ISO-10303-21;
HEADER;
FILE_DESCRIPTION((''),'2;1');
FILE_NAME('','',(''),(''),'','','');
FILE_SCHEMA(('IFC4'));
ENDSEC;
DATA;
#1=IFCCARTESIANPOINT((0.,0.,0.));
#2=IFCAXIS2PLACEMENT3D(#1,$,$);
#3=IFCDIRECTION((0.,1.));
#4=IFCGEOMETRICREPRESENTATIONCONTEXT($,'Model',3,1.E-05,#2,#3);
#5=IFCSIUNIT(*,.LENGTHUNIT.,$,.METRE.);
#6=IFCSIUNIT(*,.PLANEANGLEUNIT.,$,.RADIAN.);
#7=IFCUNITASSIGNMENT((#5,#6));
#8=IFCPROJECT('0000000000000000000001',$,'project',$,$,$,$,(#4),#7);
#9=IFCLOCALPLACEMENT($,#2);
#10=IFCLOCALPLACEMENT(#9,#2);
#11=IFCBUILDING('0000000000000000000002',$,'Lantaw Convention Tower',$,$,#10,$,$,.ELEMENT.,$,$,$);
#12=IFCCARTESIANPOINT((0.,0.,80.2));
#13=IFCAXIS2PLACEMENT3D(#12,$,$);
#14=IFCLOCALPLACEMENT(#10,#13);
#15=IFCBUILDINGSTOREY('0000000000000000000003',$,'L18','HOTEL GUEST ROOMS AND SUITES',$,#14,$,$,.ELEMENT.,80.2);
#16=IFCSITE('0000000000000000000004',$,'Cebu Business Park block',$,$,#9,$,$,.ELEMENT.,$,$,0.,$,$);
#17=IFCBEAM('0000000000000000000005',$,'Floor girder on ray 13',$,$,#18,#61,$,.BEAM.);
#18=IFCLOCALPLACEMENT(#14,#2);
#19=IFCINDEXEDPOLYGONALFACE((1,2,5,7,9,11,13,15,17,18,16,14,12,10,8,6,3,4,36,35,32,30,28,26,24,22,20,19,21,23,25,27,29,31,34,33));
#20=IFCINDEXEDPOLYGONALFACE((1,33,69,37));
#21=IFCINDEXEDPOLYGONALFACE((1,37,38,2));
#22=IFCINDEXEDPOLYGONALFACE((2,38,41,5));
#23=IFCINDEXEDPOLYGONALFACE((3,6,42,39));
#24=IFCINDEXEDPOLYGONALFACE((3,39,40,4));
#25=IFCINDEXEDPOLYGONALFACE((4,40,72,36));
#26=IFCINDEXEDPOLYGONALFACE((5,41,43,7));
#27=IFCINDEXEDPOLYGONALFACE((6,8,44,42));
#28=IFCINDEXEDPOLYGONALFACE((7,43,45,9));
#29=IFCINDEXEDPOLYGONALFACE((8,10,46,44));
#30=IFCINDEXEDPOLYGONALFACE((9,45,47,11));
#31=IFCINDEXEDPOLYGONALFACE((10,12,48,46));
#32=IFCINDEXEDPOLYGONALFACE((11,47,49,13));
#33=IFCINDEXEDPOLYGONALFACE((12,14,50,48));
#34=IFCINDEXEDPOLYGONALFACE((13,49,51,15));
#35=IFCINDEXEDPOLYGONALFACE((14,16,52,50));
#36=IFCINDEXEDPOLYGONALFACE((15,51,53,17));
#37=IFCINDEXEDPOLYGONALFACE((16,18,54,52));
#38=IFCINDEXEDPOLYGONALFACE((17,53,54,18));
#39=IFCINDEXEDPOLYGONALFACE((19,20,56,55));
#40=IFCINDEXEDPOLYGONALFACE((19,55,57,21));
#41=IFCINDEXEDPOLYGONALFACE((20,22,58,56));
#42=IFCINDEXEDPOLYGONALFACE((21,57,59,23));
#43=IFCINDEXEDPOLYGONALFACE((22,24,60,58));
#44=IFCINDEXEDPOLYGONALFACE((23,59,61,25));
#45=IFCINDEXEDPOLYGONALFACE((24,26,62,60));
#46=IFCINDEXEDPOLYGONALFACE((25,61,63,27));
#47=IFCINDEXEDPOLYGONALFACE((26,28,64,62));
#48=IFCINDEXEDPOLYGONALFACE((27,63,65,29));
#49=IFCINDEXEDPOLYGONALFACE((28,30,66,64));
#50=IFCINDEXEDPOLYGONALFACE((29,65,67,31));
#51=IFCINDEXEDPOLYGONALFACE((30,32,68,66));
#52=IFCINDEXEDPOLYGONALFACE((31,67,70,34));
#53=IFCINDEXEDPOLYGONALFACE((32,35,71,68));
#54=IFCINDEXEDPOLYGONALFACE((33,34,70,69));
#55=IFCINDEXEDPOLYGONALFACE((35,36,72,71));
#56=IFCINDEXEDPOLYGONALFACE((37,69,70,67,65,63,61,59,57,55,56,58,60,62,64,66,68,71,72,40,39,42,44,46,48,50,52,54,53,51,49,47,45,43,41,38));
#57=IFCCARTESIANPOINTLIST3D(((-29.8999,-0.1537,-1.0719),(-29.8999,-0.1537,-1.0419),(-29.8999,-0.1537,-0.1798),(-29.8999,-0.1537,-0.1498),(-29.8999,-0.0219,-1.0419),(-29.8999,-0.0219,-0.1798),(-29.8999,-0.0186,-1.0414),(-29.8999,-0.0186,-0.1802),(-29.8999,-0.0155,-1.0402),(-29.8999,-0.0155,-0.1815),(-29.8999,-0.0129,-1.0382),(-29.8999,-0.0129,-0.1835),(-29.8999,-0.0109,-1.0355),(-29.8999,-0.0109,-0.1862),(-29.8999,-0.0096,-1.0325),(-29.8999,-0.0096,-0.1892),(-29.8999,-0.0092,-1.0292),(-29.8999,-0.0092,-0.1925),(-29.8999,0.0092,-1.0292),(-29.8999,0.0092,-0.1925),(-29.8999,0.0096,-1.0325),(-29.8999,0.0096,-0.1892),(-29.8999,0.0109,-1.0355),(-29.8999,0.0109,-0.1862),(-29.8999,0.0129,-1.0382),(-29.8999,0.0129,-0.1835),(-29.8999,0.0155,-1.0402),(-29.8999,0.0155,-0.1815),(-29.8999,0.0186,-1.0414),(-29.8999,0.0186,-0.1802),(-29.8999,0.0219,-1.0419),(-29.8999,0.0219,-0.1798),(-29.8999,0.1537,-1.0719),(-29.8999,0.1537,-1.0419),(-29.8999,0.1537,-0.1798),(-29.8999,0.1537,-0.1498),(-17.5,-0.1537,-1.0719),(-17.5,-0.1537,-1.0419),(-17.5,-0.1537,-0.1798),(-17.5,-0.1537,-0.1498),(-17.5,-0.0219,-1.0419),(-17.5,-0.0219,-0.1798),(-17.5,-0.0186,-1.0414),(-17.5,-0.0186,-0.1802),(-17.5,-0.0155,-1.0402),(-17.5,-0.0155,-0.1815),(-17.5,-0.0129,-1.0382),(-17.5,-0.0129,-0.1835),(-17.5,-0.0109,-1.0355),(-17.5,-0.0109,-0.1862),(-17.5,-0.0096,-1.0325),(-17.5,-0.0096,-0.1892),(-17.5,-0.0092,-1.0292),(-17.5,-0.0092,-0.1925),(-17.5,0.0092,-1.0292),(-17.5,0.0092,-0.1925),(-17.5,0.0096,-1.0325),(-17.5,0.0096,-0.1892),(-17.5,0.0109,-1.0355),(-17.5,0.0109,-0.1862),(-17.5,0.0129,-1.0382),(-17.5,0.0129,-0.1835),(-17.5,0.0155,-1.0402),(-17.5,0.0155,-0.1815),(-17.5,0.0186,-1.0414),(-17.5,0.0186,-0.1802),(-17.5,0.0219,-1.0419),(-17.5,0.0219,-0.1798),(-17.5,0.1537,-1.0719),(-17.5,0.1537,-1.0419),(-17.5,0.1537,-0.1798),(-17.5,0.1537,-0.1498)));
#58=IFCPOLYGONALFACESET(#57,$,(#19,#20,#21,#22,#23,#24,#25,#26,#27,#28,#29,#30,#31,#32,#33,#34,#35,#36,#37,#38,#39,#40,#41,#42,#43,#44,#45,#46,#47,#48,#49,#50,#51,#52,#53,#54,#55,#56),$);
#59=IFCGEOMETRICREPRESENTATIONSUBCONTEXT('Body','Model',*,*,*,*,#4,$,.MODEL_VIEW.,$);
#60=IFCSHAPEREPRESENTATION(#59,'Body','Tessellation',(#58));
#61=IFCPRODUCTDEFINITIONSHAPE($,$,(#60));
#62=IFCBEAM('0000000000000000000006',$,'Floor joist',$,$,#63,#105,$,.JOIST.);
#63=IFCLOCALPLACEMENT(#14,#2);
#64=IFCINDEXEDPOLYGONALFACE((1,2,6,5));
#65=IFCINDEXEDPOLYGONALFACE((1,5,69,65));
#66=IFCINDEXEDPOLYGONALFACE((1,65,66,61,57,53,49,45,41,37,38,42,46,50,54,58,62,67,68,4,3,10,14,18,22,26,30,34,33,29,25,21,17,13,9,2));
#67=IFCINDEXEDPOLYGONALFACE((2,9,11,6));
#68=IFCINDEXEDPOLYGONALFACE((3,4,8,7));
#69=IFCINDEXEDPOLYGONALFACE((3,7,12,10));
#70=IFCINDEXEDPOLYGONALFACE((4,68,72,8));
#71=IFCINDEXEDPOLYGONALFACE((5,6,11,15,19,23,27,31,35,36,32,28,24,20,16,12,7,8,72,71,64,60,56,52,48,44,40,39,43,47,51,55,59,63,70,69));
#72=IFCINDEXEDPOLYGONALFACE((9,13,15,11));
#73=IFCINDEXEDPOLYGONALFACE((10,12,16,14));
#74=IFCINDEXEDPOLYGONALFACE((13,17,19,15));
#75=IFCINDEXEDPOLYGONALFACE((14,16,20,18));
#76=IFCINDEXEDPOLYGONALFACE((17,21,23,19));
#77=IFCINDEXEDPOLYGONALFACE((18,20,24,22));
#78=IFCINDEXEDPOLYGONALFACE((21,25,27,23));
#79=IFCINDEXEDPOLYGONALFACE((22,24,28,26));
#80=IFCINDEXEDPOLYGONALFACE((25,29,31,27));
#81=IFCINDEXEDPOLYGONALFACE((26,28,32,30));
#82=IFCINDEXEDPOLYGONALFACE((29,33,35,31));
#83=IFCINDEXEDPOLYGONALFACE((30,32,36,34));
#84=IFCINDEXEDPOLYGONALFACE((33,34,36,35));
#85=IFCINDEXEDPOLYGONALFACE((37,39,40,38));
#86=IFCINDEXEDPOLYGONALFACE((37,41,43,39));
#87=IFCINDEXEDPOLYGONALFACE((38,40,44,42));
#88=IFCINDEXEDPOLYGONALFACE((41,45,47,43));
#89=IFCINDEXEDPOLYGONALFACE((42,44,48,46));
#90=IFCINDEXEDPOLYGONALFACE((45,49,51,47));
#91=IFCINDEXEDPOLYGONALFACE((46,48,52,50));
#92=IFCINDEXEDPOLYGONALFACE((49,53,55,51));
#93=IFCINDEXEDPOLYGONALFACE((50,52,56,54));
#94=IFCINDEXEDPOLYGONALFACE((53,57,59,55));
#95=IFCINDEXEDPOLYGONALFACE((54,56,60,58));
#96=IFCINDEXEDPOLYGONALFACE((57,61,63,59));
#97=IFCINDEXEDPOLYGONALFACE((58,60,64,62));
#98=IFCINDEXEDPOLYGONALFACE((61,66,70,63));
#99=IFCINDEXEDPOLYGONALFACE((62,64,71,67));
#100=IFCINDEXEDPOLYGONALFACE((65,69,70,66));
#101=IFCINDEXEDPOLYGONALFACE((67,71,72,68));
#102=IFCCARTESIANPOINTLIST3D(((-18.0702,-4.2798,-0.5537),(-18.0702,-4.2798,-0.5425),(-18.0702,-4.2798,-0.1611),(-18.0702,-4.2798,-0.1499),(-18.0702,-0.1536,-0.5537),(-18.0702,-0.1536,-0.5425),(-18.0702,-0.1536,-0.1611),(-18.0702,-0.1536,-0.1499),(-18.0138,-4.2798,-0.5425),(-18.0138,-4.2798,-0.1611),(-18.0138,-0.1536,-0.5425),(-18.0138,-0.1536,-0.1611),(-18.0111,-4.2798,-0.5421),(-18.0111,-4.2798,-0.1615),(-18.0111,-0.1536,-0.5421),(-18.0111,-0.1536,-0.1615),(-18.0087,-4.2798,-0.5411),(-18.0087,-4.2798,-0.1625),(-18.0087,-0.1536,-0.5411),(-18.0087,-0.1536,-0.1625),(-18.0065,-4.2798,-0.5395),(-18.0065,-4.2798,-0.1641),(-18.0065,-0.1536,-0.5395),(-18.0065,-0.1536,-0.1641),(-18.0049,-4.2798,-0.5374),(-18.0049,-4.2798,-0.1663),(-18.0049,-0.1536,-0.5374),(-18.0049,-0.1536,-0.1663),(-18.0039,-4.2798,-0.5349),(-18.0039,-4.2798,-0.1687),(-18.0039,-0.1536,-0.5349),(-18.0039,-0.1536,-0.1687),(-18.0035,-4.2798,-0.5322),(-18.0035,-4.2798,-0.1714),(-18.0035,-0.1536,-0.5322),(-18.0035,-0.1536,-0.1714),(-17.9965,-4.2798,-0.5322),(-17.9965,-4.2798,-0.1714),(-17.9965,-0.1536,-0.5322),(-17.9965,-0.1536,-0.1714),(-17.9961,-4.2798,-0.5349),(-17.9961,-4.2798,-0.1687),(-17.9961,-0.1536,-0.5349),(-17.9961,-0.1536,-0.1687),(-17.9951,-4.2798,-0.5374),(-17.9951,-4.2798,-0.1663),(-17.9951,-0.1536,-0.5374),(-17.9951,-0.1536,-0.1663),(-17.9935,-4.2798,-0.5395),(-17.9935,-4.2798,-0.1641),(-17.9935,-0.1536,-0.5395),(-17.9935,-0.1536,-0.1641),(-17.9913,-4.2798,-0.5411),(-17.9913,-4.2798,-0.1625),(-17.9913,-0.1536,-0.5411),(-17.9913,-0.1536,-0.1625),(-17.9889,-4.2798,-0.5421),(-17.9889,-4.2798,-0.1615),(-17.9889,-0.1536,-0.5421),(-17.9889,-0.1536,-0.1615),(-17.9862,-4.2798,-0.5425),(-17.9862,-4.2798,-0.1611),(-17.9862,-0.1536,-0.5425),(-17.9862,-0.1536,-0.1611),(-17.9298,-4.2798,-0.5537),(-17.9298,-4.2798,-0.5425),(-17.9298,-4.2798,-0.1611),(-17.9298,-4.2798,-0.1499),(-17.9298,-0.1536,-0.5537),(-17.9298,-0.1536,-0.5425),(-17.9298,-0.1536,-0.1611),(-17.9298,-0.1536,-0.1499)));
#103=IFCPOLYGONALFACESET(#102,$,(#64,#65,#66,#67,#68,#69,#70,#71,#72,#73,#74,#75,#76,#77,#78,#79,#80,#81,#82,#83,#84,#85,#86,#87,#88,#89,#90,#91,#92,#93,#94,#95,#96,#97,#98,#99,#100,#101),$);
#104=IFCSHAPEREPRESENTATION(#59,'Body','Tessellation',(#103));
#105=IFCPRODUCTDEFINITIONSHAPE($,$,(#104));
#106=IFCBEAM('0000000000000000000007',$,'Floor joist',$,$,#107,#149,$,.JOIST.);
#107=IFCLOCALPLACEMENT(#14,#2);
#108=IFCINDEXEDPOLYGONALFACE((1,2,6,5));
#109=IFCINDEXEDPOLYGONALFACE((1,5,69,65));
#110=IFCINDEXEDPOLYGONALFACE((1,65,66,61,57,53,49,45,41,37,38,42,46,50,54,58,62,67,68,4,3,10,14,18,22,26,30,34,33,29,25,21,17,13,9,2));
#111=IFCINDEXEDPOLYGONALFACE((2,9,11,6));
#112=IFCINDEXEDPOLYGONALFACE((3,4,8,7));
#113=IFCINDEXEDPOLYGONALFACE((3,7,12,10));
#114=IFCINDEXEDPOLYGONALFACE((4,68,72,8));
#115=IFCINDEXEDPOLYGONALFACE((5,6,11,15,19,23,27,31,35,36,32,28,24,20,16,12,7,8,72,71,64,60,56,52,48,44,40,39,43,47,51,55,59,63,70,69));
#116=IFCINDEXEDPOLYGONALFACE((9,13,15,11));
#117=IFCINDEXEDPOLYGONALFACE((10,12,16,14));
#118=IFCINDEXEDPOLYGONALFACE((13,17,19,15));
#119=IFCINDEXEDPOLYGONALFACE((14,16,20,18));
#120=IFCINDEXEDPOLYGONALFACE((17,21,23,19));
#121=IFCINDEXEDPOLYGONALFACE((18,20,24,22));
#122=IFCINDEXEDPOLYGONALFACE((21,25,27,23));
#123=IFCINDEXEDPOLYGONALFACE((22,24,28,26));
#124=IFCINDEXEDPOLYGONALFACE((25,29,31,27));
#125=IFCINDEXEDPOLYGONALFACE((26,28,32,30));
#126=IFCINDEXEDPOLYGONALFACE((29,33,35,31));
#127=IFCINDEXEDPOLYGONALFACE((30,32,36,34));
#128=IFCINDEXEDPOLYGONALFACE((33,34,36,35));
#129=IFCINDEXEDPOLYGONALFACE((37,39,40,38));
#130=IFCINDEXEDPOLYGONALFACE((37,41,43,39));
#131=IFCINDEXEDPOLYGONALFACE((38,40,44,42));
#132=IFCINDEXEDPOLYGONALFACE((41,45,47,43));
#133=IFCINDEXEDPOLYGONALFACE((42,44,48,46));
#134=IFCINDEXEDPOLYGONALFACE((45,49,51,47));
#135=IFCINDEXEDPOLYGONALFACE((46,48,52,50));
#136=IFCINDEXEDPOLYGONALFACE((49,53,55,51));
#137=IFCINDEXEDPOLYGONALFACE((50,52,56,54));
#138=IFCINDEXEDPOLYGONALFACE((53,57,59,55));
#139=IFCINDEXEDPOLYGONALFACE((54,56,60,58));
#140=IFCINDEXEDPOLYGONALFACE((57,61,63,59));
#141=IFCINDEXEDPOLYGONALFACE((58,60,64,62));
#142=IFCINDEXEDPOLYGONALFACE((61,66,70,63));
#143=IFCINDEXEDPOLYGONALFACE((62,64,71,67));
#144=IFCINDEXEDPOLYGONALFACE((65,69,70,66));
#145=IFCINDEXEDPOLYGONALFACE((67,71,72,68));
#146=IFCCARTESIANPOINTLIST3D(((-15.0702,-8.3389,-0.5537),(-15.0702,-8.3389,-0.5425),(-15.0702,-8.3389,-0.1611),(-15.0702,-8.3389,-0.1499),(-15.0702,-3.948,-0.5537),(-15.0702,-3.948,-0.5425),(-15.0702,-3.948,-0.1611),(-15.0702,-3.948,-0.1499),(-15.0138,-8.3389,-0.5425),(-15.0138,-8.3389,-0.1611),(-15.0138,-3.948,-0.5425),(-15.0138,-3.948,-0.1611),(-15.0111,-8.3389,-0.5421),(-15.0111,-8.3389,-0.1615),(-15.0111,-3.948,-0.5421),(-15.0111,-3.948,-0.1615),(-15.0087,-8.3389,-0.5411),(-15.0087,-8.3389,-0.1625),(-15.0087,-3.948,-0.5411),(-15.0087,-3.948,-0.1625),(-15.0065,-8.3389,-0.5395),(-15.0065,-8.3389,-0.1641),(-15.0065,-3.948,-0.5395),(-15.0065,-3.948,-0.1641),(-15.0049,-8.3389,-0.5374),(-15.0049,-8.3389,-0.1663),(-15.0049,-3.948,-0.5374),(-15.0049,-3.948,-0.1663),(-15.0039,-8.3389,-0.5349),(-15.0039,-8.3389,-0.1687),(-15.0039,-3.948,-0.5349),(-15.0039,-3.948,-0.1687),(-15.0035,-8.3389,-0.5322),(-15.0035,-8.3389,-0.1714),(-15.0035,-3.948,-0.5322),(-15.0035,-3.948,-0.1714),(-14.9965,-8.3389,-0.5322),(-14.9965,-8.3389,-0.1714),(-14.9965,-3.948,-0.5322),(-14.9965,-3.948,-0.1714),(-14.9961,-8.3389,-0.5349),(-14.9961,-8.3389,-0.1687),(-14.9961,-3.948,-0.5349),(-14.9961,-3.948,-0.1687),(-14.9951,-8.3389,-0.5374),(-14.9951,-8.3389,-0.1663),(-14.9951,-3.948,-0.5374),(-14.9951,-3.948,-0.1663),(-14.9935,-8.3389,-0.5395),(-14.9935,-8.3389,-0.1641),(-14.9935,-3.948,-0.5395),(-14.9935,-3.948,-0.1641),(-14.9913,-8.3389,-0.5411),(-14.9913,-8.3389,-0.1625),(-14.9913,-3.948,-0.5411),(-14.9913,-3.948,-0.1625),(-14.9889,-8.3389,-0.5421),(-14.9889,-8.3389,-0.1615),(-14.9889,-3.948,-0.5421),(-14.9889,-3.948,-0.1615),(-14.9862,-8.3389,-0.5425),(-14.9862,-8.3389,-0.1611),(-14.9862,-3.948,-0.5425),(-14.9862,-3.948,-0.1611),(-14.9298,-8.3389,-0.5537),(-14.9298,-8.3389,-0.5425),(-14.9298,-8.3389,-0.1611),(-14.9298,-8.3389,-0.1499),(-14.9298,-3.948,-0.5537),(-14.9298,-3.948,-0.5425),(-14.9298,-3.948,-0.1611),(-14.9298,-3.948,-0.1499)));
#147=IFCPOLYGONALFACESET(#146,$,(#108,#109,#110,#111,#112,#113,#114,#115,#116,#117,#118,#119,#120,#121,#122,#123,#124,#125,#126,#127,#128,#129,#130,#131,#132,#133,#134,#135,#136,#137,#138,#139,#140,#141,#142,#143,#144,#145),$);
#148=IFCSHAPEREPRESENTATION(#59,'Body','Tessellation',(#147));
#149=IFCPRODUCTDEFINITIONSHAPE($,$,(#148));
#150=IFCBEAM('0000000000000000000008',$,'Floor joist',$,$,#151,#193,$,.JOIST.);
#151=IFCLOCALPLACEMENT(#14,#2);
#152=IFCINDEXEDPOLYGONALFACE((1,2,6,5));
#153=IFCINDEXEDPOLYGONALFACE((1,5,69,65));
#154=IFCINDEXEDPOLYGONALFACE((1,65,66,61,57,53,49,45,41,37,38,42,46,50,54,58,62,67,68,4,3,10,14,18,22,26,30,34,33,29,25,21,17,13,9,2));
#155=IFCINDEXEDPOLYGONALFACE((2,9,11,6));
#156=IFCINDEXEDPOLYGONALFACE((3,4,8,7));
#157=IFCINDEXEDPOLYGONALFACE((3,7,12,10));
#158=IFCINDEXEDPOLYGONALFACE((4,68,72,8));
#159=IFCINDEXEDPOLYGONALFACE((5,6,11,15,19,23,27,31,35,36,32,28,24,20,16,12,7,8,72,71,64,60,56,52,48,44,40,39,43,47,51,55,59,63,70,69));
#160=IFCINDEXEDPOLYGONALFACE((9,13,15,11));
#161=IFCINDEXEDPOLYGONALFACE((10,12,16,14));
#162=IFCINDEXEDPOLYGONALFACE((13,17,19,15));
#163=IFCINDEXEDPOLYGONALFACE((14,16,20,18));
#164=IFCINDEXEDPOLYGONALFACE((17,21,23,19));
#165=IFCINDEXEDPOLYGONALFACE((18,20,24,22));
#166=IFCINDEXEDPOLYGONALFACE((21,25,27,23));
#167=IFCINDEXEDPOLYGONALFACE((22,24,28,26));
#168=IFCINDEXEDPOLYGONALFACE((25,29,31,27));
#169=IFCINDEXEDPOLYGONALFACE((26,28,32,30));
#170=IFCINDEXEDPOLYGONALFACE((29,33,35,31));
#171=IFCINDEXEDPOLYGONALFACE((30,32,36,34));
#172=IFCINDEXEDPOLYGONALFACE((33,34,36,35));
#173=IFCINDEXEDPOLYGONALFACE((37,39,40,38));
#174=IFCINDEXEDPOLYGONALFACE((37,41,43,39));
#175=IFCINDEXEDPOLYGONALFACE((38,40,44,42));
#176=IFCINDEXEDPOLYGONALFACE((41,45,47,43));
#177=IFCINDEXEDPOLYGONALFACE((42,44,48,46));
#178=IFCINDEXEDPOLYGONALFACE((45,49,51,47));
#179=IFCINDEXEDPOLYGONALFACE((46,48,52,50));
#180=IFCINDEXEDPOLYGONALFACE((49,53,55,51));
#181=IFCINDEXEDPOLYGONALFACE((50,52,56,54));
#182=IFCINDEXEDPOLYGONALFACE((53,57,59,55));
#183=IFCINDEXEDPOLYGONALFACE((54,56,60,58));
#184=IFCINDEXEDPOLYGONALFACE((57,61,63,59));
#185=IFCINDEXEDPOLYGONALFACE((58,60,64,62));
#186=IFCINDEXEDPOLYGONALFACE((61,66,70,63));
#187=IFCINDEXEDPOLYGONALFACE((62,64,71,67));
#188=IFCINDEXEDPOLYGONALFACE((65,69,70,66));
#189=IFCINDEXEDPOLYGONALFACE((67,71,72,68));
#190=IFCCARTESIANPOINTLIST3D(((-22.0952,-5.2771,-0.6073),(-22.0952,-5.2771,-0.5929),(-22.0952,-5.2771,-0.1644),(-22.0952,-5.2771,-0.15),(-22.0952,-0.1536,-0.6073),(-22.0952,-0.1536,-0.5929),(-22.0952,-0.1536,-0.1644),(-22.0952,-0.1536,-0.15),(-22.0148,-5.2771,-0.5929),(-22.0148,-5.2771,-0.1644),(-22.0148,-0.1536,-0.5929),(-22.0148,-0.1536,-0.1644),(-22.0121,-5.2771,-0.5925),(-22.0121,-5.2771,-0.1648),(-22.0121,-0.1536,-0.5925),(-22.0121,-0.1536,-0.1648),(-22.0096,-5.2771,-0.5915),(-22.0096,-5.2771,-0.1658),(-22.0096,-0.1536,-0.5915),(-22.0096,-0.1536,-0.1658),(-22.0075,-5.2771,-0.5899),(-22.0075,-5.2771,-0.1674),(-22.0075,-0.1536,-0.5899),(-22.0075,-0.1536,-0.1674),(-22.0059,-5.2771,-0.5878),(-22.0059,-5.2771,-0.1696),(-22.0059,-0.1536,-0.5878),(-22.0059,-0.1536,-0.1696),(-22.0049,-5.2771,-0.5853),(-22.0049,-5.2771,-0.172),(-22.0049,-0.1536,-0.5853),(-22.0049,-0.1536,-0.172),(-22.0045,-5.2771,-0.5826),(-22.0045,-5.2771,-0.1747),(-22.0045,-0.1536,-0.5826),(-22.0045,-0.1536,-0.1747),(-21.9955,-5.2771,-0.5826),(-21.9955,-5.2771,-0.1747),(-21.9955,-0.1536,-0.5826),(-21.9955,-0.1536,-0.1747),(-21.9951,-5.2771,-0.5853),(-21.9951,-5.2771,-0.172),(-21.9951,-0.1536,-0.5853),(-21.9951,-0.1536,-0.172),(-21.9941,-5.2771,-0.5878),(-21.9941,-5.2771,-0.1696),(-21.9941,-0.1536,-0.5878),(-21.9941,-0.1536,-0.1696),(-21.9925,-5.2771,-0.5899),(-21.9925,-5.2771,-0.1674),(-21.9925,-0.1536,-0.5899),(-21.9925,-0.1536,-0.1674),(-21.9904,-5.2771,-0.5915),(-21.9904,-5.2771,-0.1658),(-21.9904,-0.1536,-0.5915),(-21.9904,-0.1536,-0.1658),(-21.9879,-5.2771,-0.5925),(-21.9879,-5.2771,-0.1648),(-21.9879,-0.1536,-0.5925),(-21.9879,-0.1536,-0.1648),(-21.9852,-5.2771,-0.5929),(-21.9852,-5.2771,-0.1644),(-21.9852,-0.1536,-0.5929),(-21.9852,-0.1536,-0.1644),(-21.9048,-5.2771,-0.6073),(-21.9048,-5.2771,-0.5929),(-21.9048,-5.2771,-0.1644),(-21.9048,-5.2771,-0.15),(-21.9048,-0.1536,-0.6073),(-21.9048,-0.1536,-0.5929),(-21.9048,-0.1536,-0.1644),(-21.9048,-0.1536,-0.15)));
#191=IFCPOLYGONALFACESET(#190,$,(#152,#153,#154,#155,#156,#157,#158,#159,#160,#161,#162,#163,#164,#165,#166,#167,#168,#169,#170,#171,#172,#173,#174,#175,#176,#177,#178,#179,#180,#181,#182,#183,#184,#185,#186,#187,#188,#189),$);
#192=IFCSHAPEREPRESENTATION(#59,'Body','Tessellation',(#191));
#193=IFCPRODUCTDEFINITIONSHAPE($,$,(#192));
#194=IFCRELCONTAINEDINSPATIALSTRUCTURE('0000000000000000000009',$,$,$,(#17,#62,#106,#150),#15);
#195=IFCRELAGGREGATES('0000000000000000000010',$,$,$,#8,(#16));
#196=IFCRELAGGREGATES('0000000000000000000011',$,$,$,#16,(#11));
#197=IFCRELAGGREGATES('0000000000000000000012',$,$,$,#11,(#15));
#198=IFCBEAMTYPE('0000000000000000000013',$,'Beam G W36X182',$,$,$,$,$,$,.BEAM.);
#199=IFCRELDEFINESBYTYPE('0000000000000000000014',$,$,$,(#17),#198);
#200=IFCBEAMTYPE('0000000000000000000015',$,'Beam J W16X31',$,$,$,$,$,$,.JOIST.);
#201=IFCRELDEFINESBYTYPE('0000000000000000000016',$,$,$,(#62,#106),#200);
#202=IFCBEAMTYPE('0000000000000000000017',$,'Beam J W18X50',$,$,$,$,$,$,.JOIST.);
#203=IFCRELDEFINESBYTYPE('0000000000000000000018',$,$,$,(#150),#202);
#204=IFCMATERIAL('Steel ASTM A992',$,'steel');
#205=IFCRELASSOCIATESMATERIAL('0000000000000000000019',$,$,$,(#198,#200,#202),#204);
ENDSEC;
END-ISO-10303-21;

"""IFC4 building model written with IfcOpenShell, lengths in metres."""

from ifc_helpers import new_model, si_unit, direction, frame, origin, origin_2d, place, context, subcontext, project, spatial, i_section, extrude, material, material_profile, profile_set, type_object, element, save


model = new_model("IFC4")

# Units and contexts
model_context = context("Model", 3, precision=1e-05, world=origin(), true_north=direction((0.0, 1.0)))
body_context = subcontext(model_context, "Body", "Model", "MODEL_VIEW")
ifc_project = project(units=[si_unit("LENGTHUNIT", "METRE"), si_unit("PLANEANGLEUNIT", "RADIAN")], contexts=[model_context])

# Site, building, storey
site_placement = place(None, origin())
site = spatial("IfcSite", under=ifc_project, at=site_placement, Name="Cebu Business Park block", CompositionType="ELEMENT", RefElevation=0.0)
building_placement = place(site_placement, origin())
building = spatial("IfcBuilding", under=site, at=building_placement, Name="Lantaw Convention Tower", CompositionType="ELEMENT")
storey_placement = place(building_placement, frame((0.0, 0.0, 80.2)))
storey = spatial("IfcBuildingStorey", under=building, at=storey_placement, Name="L18", Description="HOTEL GUEST ROOMS AND SUITES", CompositionType="ELEMENT", Elevation=80.2)

# Beams
ifc_material_1 = material(Name="Steel ASTM A992", Category="steel")
ifc_material_profile_1 = material_profile(ifc_material_1, i_section(OverallWidth=0.3074, OverallDepth=0.9221, WebThickness=0.0183, FlangeThickness=0.03, FilletRadius=0.0127, at=origin_2d()), Name="W36X182")
ifc_profile_set_1 = profile_set([ifc_material_profile_1], Name="Steel ASTM A992")
beam_type_1 = type_object("IfcBeamType", Name="Beam G W36X182", PredefinedType="BEAM", material=ifc_profile_set_1)
beam_1_placement = place(storey_placement, frame((-17.5, 0.0, -0.6108), z_axis=(-1.0, 0.0, 0.0), x_axis=(0.0, -1.0, 0.0)))
element("IfcBeam", 1, at=beam_1_placement, inside=storey, type_object=beam_type_1, Name="Floor girder on ray 13", PredefinedType="BEAM", context=body_context, shape_type="SweptSolid", body=[
    extrude(i_section(OverallWidth=0.3074, OverallDepth=0.9221, WebThickness=0.0183, FlangeThickness=0.03, FilletRadius=0.0127, at=origin_2d()), origin(), (0.0, 0.0, 1.0), 12.3999),
])
ifc_material_profile_2 = material_profile(ifc_material_1, i_section(OverallWidth=0.1404, OverallDepth=0.4038, WebThickness=0.0071, FlangeThickness=0.0112, FilletRadius=0.0103, at=origin_2d()), Name="W16X31")
ifc_profile_set_2 = profile_set([ifc_material_profile_2], Name="Steel ASTM A992")
beam_type_2 = type_object("IfcBeamType", Name="Beam J W16X31", PredefinedType="JOIST", material=ifc_profile_set_2)
beam_2_placement = place(storey_placement, frame((-18.0, -4.2798, -0.3518), z_axis=(0.0, 1.0, 0.0), x_axis=(-1.0, 0.0, 0.0)))
element("IfcBeam", 2, at=beam_2_placement, inside=storey, type_object=beam_type_2, Name="Floor joist", PredefinedType="JOIST", context=body_context, shape_type="SweptSolid", body=[
    extrude(i_section(OverallWidth=0.1404, OverallDepth=0.4038, WebThickness=0.0071, FlangeThickness=0.0112, FilletRadius=0.0103, at=origin_2d()), origin(), (0.0, 0.0, 1.0), 4.1262),
])
beam_3_placement = place(storey_placement, frame((-15.0, -8.3389, -0.3518), z_axis=(0.0, 1.0, 0.0), x_axis=(-1.0, 0.0, 0.0)))
element("IfcBeam", 3, at=beam_3_placement, inside=storey, type_object=beam_type_2, Name="Floor joist", PredefinedType="JOIST", context=body_context, shape_type="SweptSolid", body=[
    extrude(i_section(OverallWidth=0.1404, OverallDepth=0.4038, WebThickness=0.0071, FlangeThickness=0.0112, FilletRadius=0.0103, at=origin_2d()), origin(), (0.0, 0.0, 1.0), 4.3909),
])
ifc_material_profile_3 = material_profile(ifc_material_1, i_section(OverallWidth=0.1904, OverallDepth=0.4573, WebThickness=0.009, FlangeThickness=0.0144, FilletRadius=0.0103, at=origin_2d()), Name="W18X50")
ifc_profile_set_3 = profile_set([ifc_material_profile_3], Name="Steel ASTM A992")
beam_type_3 = type_object("IfcBeamType", Name="Beam J W18X50", PredefinedType="JOIST", material=ifc_profile_set_3)
beam_4_placement = place(storey_placement, frame((-22.0, -5.2771, -0.3787), z_axis=(0.0, 1.0, 0.0), x_axis=(-1.0, 0.0, 0.0)))
element("IfcBeam", 4, at=beam_4_placement, inside=storey, type_object=beam_type_3, Name="Floor joist", PredefinedType="JOIST", context=body_context, shape_type="SweptSolid", body=[
    extrude(i_section(OverallWidth=0.1904, OverallDepth=0.4573, WebThickness=0.009, FlangeThickness=0.0144, FilletRadius=0.0103, at=origin_2d()), origin(), (0.0, 0.0, 1.0), 5.1235),
])

save(model, "model.ifc")
